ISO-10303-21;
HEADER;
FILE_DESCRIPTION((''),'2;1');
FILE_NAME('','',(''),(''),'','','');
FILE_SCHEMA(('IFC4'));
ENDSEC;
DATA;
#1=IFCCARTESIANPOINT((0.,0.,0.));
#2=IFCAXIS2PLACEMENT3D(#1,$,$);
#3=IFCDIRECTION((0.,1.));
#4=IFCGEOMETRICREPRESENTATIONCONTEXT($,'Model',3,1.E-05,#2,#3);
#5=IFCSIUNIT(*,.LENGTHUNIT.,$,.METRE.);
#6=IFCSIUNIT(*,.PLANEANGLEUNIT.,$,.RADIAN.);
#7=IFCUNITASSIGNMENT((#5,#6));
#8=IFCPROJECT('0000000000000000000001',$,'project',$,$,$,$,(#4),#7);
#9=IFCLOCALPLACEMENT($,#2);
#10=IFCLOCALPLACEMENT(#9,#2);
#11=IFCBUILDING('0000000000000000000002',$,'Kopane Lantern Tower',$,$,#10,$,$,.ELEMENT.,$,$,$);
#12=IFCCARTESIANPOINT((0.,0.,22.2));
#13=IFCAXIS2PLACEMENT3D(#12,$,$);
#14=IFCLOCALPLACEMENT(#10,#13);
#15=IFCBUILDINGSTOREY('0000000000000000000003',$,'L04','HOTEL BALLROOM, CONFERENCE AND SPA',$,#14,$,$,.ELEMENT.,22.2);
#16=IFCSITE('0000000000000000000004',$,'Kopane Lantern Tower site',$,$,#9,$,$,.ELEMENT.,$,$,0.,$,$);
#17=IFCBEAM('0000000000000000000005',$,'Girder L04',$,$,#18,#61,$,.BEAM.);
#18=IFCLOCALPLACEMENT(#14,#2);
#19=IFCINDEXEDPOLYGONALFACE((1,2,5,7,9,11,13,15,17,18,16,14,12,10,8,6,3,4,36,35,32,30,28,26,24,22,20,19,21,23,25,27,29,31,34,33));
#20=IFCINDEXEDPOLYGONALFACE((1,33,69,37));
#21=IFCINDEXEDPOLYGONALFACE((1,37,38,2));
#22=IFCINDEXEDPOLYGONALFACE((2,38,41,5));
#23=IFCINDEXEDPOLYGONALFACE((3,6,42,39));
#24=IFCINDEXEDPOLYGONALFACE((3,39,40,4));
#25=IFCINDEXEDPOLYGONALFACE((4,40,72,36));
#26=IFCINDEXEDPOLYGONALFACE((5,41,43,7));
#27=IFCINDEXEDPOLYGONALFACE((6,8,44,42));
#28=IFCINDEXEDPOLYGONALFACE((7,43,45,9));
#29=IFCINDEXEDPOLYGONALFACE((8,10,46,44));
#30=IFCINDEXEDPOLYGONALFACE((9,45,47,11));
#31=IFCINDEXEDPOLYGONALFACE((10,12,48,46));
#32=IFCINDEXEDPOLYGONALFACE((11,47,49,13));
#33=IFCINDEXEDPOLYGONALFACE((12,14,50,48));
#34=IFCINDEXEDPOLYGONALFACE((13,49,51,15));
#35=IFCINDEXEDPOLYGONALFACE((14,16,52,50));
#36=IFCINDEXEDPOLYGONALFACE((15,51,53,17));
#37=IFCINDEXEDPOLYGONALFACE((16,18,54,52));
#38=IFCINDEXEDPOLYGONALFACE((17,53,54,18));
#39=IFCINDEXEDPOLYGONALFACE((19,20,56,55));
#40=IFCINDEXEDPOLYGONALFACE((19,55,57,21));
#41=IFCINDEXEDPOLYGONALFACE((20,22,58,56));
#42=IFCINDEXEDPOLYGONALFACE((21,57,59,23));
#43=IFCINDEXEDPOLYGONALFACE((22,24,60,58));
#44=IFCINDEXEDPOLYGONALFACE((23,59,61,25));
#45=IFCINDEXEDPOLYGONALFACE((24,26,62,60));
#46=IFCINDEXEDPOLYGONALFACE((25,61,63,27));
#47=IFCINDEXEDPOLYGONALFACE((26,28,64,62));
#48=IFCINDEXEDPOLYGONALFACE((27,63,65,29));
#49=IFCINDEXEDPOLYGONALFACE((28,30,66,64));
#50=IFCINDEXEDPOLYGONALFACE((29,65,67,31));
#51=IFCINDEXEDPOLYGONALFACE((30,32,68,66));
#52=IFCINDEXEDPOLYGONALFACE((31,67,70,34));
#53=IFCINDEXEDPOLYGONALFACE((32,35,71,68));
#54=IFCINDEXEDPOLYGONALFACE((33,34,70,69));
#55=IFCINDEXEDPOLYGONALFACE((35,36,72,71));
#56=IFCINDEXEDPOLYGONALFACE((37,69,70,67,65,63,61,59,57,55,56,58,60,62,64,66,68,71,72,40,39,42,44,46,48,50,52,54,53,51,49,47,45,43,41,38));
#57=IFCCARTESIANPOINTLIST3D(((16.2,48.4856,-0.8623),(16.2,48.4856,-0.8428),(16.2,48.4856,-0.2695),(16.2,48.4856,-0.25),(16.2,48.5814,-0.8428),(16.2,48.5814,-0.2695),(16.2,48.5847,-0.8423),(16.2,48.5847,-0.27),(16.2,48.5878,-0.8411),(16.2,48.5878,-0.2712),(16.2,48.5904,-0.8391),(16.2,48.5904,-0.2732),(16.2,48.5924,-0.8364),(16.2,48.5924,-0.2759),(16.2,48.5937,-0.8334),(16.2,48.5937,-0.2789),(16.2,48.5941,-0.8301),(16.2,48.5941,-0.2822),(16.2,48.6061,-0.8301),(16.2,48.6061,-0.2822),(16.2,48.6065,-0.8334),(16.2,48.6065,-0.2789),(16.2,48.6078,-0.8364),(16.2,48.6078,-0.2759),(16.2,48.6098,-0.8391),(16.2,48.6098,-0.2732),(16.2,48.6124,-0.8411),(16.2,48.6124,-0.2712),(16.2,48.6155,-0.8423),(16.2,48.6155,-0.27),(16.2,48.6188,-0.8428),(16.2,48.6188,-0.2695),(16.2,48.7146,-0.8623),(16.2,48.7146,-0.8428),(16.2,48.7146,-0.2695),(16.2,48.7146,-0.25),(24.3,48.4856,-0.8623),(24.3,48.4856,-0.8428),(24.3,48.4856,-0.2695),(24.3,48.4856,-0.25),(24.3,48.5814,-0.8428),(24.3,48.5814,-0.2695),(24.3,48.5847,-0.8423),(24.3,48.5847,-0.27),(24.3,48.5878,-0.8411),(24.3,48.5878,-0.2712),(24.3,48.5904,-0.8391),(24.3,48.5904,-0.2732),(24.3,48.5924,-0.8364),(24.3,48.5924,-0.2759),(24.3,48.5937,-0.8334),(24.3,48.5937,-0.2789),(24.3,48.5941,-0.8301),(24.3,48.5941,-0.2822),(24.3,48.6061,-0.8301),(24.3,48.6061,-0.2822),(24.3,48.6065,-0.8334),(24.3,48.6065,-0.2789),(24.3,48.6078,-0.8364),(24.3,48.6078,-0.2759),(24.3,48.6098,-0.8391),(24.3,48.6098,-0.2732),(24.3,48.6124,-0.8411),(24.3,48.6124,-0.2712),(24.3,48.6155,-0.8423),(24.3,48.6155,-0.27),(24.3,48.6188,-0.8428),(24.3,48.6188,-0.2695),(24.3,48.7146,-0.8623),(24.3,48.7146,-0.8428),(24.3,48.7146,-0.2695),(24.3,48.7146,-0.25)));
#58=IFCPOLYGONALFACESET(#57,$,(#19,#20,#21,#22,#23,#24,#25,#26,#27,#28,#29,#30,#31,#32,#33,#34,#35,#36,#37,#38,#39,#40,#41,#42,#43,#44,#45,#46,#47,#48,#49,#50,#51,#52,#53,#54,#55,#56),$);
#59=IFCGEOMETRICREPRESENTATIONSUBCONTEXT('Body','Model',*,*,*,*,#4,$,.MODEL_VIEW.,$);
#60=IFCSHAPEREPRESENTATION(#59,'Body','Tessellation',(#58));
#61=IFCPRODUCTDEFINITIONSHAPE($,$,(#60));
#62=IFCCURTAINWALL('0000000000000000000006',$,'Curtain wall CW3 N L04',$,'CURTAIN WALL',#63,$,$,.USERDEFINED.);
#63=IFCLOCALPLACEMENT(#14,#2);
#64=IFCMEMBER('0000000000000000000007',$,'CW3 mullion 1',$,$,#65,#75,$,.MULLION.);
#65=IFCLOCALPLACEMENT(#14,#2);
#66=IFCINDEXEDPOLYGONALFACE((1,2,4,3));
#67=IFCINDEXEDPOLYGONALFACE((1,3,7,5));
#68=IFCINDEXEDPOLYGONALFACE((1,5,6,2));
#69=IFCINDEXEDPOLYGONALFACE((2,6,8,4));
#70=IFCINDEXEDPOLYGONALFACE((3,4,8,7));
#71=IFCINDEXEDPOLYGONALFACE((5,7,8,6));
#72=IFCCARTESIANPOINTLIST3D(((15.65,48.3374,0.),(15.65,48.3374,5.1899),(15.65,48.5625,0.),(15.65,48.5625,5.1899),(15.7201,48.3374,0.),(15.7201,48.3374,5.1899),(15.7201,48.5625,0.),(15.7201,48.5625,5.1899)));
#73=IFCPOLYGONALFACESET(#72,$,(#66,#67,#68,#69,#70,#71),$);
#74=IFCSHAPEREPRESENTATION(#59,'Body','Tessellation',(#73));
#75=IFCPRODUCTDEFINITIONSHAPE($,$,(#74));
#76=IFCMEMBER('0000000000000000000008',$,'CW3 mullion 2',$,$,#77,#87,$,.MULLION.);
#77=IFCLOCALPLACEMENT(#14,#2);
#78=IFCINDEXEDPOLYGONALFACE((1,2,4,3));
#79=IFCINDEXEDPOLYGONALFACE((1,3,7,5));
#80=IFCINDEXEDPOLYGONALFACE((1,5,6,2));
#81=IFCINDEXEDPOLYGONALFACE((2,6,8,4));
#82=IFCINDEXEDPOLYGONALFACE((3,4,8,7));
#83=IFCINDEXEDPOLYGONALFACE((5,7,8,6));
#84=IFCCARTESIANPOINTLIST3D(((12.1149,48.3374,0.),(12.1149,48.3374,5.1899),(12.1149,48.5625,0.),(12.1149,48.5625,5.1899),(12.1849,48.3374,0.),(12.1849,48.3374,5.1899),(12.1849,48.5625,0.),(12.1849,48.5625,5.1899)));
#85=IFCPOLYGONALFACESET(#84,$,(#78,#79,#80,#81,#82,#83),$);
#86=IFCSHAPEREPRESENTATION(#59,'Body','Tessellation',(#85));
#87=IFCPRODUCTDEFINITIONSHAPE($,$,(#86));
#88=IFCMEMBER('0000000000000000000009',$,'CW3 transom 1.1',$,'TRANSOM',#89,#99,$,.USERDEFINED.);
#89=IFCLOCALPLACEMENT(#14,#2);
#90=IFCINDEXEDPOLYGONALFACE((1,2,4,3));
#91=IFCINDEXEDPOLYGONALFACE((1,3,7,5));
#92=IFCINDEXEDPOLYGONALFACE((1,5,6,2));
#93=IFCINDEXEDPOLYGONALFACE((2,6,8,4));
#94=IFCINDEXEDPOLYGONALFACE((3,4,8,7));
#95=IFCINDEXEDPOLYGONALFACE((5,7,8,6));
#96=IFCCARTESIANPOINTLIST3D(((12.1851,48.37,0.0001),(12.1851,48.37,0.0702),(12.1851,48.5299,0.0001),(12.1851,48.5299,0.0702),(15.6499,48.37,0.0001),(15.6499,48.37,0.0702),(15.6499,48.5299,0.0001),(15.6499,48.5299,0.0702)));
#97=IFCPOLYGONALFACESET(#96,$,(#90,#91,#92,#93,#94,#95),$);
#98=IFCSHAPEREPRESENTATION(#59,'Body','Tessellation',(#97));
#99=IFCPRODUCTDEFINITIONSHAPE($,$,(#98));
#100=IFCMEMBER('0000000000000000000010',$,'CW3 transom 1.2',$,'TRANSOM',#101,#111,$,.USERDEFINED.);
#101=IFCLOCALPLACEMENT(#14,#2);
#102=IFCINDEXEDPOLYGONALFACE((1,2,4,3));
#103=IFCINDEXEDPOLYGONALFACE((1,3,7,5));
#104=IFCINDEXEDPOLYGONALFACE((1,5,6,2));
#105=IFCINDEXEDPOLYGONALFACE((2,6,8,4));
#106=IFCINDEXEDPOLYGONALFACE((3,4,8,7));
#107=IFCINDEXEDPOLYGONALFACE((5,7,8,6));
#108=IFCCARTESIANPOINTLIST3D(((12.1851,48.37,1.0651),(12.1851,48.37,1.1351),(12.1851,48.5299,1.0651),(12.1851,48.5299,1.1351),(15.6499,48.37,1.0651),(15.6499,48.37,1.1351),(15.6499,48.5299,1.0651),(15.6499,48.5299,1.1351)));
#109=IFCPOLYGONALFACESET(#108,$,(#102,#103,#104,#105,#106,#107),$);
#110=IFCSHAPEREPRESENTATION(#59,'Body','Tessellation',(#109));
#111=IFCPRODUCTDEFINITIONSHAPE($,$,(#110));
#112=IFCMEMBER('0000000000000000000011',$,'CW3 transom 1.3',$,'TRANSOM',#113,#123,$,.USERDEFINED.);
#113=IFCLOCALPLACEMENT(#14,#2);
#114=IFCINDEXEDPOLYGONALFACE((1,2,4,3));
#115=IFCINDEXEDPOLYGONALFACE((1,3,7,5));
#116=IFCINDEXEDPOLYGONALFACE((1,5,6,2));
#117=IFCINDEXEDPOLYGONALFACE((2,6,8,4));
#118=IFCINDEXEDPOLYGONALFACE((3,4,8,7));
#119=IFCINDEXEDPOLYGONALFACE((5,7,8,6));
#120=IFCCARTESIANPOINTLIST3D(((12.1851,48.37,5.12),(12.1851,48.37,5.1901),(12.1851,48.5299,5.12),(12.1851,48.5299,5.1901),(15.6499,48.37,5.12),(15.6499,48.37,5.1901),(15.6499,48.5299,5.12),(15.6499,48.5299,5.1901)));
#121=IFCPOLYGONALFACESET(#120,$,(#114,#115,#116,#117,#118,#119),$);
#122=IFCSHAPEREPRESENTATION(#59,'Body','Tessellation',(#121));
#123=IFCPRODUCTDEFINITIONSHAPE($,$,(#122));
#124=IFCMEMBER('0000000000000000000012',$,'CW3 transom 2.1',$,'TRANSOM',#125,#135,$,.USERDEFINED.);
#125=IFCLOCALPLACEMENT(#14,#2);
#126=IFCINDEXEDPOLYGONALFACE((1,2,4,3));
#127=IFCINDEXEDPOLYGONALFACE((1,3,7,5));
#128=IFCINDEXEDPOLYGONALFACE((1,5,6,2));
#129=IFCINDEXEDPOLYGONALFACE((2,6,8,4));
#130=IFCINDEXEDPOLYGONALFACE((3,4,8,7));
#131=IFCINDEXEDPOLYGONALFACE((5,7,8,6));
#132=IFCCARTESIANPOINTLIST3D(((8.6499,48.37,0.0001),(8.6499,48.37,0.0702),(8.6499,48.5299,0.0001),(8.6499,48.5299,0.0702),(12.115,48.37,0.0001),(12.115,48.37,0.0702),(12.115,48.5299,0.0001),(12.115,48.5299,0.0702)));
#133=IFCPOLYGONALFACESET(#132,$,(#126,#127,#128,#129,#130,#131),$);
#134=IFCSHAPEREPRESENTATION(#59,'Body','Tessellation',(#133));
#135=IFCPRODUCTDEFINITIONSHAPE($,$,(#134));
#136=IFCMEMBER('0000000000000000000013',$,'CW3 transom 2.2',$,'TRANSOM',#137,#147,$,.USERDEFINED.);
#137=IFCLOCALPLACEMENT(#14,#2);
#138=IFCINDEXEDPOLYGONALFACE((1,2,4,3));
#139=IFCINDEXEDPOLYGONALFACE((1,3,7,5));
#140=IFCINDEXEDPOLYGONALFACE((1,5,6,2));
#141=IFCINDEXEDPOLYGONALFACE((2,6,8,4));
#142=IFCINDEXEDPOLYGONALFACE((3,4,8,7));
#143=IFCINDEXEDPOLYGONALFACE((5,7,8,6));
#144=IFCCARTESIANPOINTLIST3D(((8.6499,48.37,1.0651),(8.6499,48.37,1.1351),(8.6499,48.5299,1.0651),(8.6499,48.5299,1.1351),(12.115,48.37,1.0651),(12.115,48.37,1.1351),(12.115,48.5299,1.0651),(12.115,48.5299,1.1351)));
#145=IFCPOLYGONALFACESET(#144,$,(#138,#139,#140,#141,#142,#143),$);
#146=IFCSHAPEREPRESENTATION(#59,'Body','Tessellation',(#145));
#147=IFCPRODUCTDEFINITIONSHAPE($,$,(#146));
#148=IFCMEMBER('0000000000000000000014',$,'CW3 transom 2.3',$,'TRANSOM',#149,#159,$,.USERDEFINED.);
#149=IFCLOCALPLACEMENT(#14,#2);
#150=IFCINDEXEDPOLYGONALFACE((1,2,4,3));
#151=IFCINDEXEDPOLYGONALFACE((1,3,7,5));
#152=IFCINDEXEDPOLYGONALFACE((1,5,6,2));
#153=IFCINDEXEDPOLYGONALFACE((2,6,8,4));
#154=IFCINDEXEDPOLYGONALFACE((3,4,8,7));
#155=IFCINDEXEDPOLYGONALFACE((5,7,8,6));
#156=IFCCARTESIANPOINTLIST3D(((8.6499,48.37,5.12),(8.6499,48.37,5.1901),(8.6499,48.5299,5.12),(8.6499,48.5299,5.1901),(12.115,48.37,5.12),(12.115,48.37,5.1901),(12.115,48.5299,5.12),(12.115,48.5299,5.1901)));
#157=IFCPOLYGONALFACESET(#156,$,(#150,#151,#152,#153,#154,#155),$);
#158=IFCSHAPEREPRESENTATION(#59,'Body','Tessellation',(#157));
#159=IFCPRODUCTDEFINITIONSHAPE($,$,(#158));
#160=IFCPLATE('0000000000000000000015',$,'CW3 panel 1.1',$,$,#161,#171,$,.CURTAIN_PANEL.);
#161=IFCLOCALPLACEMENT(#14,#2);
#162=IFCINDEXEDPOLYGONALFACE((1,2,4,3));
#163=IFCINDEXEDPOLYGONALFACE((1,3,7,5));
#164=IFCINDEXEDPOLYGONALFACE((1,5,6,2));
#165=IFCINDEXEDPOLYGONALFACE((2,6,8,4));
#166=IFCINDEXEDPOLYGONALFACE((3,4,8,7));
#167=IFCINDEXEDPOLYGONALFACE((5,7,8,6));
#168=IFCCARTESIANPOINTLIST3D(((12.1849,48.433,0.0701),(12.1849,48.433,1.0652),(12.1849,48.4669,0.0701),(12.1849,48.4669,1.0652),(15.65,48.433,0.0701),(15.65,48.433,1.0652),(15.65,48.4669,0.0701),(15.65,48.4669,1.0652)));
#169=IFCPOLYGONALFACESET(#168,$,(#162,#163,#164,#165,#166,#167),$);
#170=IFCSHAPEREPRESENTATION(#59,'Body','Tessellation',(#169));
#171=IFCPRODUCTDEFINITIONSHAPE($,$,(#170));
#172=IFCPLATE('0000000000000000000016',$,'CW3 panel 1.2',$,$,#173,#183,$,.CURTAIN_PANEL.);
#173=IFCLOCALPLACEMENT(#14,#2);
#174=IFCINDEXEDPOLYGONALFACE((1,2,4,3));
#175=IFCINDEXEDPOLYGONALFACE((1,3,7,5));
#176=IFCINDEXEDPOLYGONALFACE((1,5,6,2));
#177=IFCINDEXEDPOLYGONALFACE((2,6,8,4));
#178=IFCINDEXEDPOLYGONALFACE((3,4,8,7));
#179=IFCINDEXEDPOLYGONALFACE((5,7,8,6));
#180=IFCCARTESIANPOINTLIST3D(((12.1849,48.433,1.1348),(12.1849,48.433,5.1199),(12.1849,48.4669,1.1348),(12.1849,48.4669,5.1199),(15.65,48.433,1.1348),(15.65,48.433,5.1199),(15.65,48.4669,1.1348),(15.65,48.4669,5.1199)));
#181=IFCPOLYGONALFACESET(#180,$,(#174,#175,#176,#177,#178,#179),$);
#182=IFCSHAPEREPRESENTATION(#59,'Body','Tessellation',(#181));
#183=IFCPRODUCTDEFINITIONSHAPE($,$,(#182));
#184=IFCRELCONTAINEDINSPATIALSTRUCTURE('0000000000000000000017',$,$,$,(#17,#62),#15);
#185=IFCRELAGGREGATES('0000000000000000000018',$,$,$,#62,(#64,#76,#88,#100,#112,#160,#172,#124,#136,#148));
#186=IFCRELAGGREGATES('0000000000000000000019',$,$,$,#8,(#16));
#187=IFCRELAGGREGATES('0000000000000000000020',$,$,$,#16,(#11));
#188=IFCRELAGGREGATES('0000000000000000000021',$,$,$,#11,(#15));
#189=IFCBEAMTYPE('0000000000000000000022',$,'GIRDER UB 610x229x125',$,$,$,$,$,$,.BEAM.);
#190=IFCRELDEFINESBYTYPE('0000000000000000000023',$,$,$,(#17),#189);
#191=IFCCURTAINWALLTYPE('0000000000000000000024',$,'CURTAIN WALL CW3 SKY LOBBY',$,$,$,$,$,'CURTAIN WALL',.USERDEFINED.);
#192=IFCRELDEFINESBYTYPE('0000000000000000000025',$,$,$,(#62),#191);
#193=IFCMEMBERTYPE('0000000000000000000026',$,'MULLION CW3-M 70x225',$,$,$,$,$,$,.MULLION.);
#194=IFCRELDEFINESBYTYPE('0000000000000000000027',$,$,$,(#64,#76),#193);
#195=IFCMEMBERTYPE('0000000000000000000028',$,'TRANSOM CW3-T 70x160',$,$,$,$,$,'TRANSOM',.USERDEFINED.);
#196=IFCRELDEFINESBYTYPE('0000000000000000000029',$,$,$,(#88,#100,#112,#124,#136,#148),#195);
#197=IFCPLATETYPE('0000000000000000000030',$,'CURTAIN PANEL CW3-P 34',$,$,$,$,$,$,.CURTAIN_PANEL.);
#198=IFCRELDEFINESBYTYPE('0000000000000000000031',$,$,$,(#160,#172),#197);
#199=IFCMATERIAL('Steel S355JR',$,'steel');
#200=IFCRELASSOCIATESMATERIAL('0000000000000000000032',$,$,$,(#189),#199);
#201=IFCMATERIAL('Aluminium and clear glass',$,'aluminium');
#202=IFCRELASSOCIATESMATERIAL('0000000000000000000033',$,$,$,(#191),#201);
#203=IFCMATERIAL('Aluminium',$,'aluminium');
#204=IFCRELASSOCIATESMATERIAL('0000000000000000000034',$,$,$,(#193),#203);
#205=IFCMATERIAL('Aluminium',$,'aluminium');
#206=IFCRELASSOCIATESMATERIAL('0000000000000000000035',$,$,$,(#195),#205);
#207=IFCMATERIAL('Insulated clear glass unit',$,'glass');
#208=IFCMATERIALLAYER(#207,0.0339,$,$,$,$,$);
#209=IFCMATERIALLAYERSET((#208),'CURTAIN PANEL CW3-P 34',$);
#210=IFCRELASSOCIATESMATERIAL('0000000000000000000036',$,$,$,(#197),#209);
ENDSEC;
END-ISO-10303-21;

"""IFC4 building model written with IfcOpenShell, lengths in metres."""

from ifc_helpers import new_model, si_unit, direction, frame, origin, origin_2d, place, context, subcontext, project, spatial, rectangle, i_section, extrude, material, layer, layer_set, material_profile, profile_set, type_object, element, aggregate, save


model = new_model("IFC4")

# Units and contexts
model_context = context("Model", 3, precision=1e-05, world=origin(), true_north=direction((0.0, 1.0)))
body_context = subcontext(model_context, "Body", "Model", "MODEL_VIEW")
ifc_project = project(units=[si_unit("LENGTHUNIT", "METRE"), si_unit("PLANEANGLEUNIT", "RADIAN")], contexts=[model_context])

# Site, building, storey
site_placement = place(None, origin())
site = spatial("IfcSite", under=ifc_project, at=site_placement, Name="Kopane Lantern Tower site", CompositionType="ELEMENT", RefElevation=0.0)
building_placement = place(site_placement, origin())
building = spatial("IfcBuilding", under=site, at=building_placement, Name="Kopane Lantern Tower", CompositionType="ELEMENT")
storey_placement = place(building_placement, frame((0.0, 0.0, 22.2)))
storey = spatial("IfcBuildingStorey", under=building, at=storey_placement, Name="L04", Description="HOTEL BALLROOM, CONFERENCE AND SPA", CompositionType="ELEMENT", Elevation=22.2)

# Beam
ifc_material_1 = material(Name="Steel S355JR", Category="steel")
ifc_material_profile_1 = material_profile(ifc_material_1, i_section(OverallWidth=0.229, OverallDepth=0.6123, WebThickness=0.012, FlangeThickness=0.0195, FilletRadius=0.0127, at=origin_2d()), Name="UB 610x229x125")
ifc_profile_set_1 = profile_set([ifc_material_profile_1], Name="Steel S355JR")
beam_type = type_object("IfcBeamType", Name="GIRDER UB 610x229x125", PredefinedType="BEAM", material=ifc_profile_set_1)
for number, where, z_axis, x_axis, name in (
    (1, (16.2, 48.6001, -0.5562), (1.0, 0.0, 0.0), (0.0, 1.0, 0.0), "Girder L04"),
):
    element("IfcBeam", number, at=place(storey_placement, frame(where, z_axis=z_axis, x_axis=x_axis)), inside=storey, type_object=beam_type, Name=name, PredefinedType="BEAM", context=body_context, shape_type="SweptSolid", body=[
        extrude(i_section(OverallWidth=0.229, OverallDepth=0.6123, WebThickness=0.012, FlangeThickness=0.0195, FilletRadius=0.0127, at=origin_2d()), origin(), (0.0, 0.0, 1.0), 8.1001),
    ])

# Curtain wall, members, plates
ifc_material_2 = material(Name="Aluminium and clear glass", Category="aluminium")
curtain_wall_type = type_object("IfcCurtainWallType", Name="CURTAIN WALL CW3 SKY LOBBY", ElementType="CURTAIN WALL", PredefinedType="USERDEFINED", material=ifc_material_2)
curtain_wall_placement = place(storey_placement, origin())
curtain_wall = element("IfcCurtainWall", 2, at=curtain_wall_placement, inside=storey, type_object=curtain_wall_type, Name="Curtain wall CW3 N L04", ObjectType="CURTAIN WALL", PredefinedType="USERDEFINED")
ifc_material_3 = material(Name="Aluminium", Category="aluminium")
ifc_material_profile_2 = material_profile(ifc_material_3, rectangle(XDim=0.0701, YDim=0.2251, at=origin_2d()), Name="AL 70x225")
ifc_profile_set_2 = profile_set([ifc_material_profile_2], Name="Aluminium")
member_type_1 = type_object("IfcMemberType", Name="MULLION CW3-M 70x225", PredefinedType="MULLION", material=ifc_profile_set_2)
member_1_placement = place(storey_placement, frame((15.6851, 48.45, 0.0), z_axis=(0.0, 0.0, 1.0), x_axis=(-1.0, 0.0, 0.0)))
member_1 = element("IfcMember", 3, at=member_1_placement, type_object=member_type_1, Name="CW3 mullion 1", PredefinedType="MULLION", context=body_context, shape_type="SweptSolid", body=[
    extrude(rectangle(XDim=0.0701, YDim=0.2251, at=origin_2d()), origin(), (0.0, 0.0, 1.0), 5.1899),
])
member_2_placement = place(storey_placement, frame((12.1499, 48.45, 0.0), z_axis=(0.0, 0.0, 1.0), x_axis=(-1.0, 0.0, 0.0)))
member_2 = element("IfcMember", 4, at=member_2_placement, type_object=member_type_1, Name="CW3 mullion 2", PredefinedType="MULLION", context=body_context, shape_type="SweptSolid", body=[
    extrude(rectangle(XDim=0.0701, YDim=0.2251, at=origin_2d()), origin(), (0.0, 0.0, 1.0), 5.1899),
])
ifc_material_4 = material(Name="Aluminium", Category="aluminium")
ifc_material_profile_3 = material_profile(ifc_material_4, rectangle(XDim=0.1599, YDim=0.0701, at=origin_2d()), Name="AL 160x70")
ifc_profile_set_3 = profile_set([ifc_material_profile_3], Name="Aluminium")
member_type_2 = type_object("IfcMemberType", Name="TRANSOM CW3-T 70x160", ElementType="TRANSOM", PredefinedType="USERDEFINED", material=ifc_profile_set_3)
member_3_placement = place(storey_placement, frame((15.6499, 48.45, 0.0352), z_axis=(-1.0, 0.0, 0.0), x_axis=(0.0, -1.0, 0.0)))
member_3 = element("IfcMember", 5, at=member_3_placement, type_object=member_type_2, Name="CW3 transom 1.1", ObjectType="TRANSOM", PredefinedType="USERDEFINED", context=body_context, shape_type="SweptSolid", body=[
    extrude(rectangle(XDim=0.1599, YDim=0.0701, at=origin_2d()), origin(), (0.0, 0.0, 1.0), 3.4648),
])
member_4_placement = place(storey_placement, frame((15.6499, 48.45, 1.1001), z_axis=(-1.0, 0.0, 0.0), x_axis=(0.0, -1.0, 0.0)))
member_4 = element("IfcMember", 6, at=member_4_placement, type_object=member_type_2, Name="CW3 transom 1.2", ObjectType="TRANSOM", PredefinedType="USERDEFINED", context=body_context, shape_type="SweptSolid", body=[
    extrude(rectangle(XDim=0.1599, YDim=0.0701, at=origin_2d()), origin(), (0.0, 0.0, 1.0), 3.4648),
])
member_5_placement = place(storey_placement, frame((15.6499, 48.45, 5.155), z_axis=(-1.0, 0.0, 0.0), x_axis=(0.0, -1.0, 0.0)))
member_5 = element("IfcMember", 7, at=member_5_placement, type_object=member_type_2, Name="CW3 transom 1.3", ObjectType="TRANSOM", PredefinedType="USERDEFINED", context=body_context, shape_type="SweptSolid", body=[
    extrude(rectangle(XDim=0.1599, YDim=0.0701, at=origin_2d()), origin(), (0.0, 0.0, 1.0), 3.4648),
])
member_6_placement = place(storey_placement, frame((12.115, 48.45, 0.0352), z_axis=(-1.0, 0.0, 0.0), x_axis=(0.0, -1.0, 0.0)))
member_6 = element("IfcMember", 8, at=member_6_placement, type_object=member_type_2, Name="CW3 transom 2.1", ObjectType="TRANSOM", PredefinedType="USERDEFINED", context=body_context, shape_type="SweptSolid", body=[
    extrude(rectangle(XDim=0.1599, YDim=0.0701, at=origin_2d()), origin(), (0.0, 0.0, 1.0), 3.4651),
])
member_7_placement = place(storey_placement, frame((12.115, 48.45, 1.1001), z_axis=(-1.0, 0.0, 0.0), x_axis=(0.0, -1.0, 0.0)))
member_7 = element("IfcMember", 9, at=member_7_placement, type_object=member_type_2, Name="CW3 transom 2.2", ObjectType="TRANSOM", PredefinedType="USERDEFINED", context=body_context, shape_type="SweptSolid", body=[
    extrude(rectangle(XDim=0.1599, YDim=0.0701, at=origin_2d()), origin(), (0.0, 0.0, 1.0), 3.4651),
])
member_8_placement = place(storey_placement, frame((12.115, 48.45, 5.155), z_axis=(-1.0, 0.0, 0.0), x_axis=(0.0, -1.0, 0.0)))
member_8 = element("IfcMember", 10, at=member_8_placement, type_object=member_type_2, Name="CW3 transom 2.3", ObjectType="TRANSOM", PredefinedType="USERDEFINED", context=body_context, shape_type="SweptSolid", body=[
    extrude(rectangle(XDim=0.1599, YDim=0.0701, at=origin_2d()), origin(), (0.0, 0.0, 1.0), 3.4651),
])
ifc_material_5 = material(Name="Insulated clear glass unit", Category="glass")
ifc_layer_1 = layer(ifc_material_5, 0.0339)
ifc_layer_set_1 = layer_set([ifc_layer_1], Name="CURTAIN PANEL CW3-P 34")
plate_type = type_object("IfcPlateType", Name="CURTAIN PANEL CW3-P 34", PredefinedType="CURTAIN_PANEL", material=ifc_layer_set_1)
plate_1_placement = place(storey_placement, frame((13.9175, 48.45, 0.0701), z_axis=(0.0, 0.0, 1.0), x_axis=(-1.0, 0.0, 0.0)))
plate_1 = element("IfcPlate", 11, at=plate_1_placement, type_object=plate_type, Name="CW3 panel 1.1", PredefinedType="CURTAIN_PANEL", context=body_context, shape_type="SweptSolid", body=[
    extrude(rectangle(XDim=3.4651, YDim=0.0339, at=origin_2d()), origin(), (0.0, 0.0, 1.0), 0.9951),
])
plate_2_placement = place(storey_placement, frame((13.9175, 48.45, 1.1348), z_axis=(0.0, 0.0, 1.0), x_axis=(-1.0, 0.0, 0.0)))
plate_2 = element("IfcPlate", 12, at=plate_2_placement, type_object=plate_type, Name="CW3 panel 1.2", PredefinedType="CURTAIN_PANEL", context=body_context, shape_type="SweptSolid", body=[
    extrude(rectangle(XDim=3.4651, YDim=0.0339, at=origin_2d()), origin(), (0.0, 0.0, 1.0), 3.9851),
])
aggregate(curtain_wall, [member_1, member_2, member_3, member_4, member_5, plate_1, plate_2, member_6, member_7, member_8])

save(model, "model.ifc")
